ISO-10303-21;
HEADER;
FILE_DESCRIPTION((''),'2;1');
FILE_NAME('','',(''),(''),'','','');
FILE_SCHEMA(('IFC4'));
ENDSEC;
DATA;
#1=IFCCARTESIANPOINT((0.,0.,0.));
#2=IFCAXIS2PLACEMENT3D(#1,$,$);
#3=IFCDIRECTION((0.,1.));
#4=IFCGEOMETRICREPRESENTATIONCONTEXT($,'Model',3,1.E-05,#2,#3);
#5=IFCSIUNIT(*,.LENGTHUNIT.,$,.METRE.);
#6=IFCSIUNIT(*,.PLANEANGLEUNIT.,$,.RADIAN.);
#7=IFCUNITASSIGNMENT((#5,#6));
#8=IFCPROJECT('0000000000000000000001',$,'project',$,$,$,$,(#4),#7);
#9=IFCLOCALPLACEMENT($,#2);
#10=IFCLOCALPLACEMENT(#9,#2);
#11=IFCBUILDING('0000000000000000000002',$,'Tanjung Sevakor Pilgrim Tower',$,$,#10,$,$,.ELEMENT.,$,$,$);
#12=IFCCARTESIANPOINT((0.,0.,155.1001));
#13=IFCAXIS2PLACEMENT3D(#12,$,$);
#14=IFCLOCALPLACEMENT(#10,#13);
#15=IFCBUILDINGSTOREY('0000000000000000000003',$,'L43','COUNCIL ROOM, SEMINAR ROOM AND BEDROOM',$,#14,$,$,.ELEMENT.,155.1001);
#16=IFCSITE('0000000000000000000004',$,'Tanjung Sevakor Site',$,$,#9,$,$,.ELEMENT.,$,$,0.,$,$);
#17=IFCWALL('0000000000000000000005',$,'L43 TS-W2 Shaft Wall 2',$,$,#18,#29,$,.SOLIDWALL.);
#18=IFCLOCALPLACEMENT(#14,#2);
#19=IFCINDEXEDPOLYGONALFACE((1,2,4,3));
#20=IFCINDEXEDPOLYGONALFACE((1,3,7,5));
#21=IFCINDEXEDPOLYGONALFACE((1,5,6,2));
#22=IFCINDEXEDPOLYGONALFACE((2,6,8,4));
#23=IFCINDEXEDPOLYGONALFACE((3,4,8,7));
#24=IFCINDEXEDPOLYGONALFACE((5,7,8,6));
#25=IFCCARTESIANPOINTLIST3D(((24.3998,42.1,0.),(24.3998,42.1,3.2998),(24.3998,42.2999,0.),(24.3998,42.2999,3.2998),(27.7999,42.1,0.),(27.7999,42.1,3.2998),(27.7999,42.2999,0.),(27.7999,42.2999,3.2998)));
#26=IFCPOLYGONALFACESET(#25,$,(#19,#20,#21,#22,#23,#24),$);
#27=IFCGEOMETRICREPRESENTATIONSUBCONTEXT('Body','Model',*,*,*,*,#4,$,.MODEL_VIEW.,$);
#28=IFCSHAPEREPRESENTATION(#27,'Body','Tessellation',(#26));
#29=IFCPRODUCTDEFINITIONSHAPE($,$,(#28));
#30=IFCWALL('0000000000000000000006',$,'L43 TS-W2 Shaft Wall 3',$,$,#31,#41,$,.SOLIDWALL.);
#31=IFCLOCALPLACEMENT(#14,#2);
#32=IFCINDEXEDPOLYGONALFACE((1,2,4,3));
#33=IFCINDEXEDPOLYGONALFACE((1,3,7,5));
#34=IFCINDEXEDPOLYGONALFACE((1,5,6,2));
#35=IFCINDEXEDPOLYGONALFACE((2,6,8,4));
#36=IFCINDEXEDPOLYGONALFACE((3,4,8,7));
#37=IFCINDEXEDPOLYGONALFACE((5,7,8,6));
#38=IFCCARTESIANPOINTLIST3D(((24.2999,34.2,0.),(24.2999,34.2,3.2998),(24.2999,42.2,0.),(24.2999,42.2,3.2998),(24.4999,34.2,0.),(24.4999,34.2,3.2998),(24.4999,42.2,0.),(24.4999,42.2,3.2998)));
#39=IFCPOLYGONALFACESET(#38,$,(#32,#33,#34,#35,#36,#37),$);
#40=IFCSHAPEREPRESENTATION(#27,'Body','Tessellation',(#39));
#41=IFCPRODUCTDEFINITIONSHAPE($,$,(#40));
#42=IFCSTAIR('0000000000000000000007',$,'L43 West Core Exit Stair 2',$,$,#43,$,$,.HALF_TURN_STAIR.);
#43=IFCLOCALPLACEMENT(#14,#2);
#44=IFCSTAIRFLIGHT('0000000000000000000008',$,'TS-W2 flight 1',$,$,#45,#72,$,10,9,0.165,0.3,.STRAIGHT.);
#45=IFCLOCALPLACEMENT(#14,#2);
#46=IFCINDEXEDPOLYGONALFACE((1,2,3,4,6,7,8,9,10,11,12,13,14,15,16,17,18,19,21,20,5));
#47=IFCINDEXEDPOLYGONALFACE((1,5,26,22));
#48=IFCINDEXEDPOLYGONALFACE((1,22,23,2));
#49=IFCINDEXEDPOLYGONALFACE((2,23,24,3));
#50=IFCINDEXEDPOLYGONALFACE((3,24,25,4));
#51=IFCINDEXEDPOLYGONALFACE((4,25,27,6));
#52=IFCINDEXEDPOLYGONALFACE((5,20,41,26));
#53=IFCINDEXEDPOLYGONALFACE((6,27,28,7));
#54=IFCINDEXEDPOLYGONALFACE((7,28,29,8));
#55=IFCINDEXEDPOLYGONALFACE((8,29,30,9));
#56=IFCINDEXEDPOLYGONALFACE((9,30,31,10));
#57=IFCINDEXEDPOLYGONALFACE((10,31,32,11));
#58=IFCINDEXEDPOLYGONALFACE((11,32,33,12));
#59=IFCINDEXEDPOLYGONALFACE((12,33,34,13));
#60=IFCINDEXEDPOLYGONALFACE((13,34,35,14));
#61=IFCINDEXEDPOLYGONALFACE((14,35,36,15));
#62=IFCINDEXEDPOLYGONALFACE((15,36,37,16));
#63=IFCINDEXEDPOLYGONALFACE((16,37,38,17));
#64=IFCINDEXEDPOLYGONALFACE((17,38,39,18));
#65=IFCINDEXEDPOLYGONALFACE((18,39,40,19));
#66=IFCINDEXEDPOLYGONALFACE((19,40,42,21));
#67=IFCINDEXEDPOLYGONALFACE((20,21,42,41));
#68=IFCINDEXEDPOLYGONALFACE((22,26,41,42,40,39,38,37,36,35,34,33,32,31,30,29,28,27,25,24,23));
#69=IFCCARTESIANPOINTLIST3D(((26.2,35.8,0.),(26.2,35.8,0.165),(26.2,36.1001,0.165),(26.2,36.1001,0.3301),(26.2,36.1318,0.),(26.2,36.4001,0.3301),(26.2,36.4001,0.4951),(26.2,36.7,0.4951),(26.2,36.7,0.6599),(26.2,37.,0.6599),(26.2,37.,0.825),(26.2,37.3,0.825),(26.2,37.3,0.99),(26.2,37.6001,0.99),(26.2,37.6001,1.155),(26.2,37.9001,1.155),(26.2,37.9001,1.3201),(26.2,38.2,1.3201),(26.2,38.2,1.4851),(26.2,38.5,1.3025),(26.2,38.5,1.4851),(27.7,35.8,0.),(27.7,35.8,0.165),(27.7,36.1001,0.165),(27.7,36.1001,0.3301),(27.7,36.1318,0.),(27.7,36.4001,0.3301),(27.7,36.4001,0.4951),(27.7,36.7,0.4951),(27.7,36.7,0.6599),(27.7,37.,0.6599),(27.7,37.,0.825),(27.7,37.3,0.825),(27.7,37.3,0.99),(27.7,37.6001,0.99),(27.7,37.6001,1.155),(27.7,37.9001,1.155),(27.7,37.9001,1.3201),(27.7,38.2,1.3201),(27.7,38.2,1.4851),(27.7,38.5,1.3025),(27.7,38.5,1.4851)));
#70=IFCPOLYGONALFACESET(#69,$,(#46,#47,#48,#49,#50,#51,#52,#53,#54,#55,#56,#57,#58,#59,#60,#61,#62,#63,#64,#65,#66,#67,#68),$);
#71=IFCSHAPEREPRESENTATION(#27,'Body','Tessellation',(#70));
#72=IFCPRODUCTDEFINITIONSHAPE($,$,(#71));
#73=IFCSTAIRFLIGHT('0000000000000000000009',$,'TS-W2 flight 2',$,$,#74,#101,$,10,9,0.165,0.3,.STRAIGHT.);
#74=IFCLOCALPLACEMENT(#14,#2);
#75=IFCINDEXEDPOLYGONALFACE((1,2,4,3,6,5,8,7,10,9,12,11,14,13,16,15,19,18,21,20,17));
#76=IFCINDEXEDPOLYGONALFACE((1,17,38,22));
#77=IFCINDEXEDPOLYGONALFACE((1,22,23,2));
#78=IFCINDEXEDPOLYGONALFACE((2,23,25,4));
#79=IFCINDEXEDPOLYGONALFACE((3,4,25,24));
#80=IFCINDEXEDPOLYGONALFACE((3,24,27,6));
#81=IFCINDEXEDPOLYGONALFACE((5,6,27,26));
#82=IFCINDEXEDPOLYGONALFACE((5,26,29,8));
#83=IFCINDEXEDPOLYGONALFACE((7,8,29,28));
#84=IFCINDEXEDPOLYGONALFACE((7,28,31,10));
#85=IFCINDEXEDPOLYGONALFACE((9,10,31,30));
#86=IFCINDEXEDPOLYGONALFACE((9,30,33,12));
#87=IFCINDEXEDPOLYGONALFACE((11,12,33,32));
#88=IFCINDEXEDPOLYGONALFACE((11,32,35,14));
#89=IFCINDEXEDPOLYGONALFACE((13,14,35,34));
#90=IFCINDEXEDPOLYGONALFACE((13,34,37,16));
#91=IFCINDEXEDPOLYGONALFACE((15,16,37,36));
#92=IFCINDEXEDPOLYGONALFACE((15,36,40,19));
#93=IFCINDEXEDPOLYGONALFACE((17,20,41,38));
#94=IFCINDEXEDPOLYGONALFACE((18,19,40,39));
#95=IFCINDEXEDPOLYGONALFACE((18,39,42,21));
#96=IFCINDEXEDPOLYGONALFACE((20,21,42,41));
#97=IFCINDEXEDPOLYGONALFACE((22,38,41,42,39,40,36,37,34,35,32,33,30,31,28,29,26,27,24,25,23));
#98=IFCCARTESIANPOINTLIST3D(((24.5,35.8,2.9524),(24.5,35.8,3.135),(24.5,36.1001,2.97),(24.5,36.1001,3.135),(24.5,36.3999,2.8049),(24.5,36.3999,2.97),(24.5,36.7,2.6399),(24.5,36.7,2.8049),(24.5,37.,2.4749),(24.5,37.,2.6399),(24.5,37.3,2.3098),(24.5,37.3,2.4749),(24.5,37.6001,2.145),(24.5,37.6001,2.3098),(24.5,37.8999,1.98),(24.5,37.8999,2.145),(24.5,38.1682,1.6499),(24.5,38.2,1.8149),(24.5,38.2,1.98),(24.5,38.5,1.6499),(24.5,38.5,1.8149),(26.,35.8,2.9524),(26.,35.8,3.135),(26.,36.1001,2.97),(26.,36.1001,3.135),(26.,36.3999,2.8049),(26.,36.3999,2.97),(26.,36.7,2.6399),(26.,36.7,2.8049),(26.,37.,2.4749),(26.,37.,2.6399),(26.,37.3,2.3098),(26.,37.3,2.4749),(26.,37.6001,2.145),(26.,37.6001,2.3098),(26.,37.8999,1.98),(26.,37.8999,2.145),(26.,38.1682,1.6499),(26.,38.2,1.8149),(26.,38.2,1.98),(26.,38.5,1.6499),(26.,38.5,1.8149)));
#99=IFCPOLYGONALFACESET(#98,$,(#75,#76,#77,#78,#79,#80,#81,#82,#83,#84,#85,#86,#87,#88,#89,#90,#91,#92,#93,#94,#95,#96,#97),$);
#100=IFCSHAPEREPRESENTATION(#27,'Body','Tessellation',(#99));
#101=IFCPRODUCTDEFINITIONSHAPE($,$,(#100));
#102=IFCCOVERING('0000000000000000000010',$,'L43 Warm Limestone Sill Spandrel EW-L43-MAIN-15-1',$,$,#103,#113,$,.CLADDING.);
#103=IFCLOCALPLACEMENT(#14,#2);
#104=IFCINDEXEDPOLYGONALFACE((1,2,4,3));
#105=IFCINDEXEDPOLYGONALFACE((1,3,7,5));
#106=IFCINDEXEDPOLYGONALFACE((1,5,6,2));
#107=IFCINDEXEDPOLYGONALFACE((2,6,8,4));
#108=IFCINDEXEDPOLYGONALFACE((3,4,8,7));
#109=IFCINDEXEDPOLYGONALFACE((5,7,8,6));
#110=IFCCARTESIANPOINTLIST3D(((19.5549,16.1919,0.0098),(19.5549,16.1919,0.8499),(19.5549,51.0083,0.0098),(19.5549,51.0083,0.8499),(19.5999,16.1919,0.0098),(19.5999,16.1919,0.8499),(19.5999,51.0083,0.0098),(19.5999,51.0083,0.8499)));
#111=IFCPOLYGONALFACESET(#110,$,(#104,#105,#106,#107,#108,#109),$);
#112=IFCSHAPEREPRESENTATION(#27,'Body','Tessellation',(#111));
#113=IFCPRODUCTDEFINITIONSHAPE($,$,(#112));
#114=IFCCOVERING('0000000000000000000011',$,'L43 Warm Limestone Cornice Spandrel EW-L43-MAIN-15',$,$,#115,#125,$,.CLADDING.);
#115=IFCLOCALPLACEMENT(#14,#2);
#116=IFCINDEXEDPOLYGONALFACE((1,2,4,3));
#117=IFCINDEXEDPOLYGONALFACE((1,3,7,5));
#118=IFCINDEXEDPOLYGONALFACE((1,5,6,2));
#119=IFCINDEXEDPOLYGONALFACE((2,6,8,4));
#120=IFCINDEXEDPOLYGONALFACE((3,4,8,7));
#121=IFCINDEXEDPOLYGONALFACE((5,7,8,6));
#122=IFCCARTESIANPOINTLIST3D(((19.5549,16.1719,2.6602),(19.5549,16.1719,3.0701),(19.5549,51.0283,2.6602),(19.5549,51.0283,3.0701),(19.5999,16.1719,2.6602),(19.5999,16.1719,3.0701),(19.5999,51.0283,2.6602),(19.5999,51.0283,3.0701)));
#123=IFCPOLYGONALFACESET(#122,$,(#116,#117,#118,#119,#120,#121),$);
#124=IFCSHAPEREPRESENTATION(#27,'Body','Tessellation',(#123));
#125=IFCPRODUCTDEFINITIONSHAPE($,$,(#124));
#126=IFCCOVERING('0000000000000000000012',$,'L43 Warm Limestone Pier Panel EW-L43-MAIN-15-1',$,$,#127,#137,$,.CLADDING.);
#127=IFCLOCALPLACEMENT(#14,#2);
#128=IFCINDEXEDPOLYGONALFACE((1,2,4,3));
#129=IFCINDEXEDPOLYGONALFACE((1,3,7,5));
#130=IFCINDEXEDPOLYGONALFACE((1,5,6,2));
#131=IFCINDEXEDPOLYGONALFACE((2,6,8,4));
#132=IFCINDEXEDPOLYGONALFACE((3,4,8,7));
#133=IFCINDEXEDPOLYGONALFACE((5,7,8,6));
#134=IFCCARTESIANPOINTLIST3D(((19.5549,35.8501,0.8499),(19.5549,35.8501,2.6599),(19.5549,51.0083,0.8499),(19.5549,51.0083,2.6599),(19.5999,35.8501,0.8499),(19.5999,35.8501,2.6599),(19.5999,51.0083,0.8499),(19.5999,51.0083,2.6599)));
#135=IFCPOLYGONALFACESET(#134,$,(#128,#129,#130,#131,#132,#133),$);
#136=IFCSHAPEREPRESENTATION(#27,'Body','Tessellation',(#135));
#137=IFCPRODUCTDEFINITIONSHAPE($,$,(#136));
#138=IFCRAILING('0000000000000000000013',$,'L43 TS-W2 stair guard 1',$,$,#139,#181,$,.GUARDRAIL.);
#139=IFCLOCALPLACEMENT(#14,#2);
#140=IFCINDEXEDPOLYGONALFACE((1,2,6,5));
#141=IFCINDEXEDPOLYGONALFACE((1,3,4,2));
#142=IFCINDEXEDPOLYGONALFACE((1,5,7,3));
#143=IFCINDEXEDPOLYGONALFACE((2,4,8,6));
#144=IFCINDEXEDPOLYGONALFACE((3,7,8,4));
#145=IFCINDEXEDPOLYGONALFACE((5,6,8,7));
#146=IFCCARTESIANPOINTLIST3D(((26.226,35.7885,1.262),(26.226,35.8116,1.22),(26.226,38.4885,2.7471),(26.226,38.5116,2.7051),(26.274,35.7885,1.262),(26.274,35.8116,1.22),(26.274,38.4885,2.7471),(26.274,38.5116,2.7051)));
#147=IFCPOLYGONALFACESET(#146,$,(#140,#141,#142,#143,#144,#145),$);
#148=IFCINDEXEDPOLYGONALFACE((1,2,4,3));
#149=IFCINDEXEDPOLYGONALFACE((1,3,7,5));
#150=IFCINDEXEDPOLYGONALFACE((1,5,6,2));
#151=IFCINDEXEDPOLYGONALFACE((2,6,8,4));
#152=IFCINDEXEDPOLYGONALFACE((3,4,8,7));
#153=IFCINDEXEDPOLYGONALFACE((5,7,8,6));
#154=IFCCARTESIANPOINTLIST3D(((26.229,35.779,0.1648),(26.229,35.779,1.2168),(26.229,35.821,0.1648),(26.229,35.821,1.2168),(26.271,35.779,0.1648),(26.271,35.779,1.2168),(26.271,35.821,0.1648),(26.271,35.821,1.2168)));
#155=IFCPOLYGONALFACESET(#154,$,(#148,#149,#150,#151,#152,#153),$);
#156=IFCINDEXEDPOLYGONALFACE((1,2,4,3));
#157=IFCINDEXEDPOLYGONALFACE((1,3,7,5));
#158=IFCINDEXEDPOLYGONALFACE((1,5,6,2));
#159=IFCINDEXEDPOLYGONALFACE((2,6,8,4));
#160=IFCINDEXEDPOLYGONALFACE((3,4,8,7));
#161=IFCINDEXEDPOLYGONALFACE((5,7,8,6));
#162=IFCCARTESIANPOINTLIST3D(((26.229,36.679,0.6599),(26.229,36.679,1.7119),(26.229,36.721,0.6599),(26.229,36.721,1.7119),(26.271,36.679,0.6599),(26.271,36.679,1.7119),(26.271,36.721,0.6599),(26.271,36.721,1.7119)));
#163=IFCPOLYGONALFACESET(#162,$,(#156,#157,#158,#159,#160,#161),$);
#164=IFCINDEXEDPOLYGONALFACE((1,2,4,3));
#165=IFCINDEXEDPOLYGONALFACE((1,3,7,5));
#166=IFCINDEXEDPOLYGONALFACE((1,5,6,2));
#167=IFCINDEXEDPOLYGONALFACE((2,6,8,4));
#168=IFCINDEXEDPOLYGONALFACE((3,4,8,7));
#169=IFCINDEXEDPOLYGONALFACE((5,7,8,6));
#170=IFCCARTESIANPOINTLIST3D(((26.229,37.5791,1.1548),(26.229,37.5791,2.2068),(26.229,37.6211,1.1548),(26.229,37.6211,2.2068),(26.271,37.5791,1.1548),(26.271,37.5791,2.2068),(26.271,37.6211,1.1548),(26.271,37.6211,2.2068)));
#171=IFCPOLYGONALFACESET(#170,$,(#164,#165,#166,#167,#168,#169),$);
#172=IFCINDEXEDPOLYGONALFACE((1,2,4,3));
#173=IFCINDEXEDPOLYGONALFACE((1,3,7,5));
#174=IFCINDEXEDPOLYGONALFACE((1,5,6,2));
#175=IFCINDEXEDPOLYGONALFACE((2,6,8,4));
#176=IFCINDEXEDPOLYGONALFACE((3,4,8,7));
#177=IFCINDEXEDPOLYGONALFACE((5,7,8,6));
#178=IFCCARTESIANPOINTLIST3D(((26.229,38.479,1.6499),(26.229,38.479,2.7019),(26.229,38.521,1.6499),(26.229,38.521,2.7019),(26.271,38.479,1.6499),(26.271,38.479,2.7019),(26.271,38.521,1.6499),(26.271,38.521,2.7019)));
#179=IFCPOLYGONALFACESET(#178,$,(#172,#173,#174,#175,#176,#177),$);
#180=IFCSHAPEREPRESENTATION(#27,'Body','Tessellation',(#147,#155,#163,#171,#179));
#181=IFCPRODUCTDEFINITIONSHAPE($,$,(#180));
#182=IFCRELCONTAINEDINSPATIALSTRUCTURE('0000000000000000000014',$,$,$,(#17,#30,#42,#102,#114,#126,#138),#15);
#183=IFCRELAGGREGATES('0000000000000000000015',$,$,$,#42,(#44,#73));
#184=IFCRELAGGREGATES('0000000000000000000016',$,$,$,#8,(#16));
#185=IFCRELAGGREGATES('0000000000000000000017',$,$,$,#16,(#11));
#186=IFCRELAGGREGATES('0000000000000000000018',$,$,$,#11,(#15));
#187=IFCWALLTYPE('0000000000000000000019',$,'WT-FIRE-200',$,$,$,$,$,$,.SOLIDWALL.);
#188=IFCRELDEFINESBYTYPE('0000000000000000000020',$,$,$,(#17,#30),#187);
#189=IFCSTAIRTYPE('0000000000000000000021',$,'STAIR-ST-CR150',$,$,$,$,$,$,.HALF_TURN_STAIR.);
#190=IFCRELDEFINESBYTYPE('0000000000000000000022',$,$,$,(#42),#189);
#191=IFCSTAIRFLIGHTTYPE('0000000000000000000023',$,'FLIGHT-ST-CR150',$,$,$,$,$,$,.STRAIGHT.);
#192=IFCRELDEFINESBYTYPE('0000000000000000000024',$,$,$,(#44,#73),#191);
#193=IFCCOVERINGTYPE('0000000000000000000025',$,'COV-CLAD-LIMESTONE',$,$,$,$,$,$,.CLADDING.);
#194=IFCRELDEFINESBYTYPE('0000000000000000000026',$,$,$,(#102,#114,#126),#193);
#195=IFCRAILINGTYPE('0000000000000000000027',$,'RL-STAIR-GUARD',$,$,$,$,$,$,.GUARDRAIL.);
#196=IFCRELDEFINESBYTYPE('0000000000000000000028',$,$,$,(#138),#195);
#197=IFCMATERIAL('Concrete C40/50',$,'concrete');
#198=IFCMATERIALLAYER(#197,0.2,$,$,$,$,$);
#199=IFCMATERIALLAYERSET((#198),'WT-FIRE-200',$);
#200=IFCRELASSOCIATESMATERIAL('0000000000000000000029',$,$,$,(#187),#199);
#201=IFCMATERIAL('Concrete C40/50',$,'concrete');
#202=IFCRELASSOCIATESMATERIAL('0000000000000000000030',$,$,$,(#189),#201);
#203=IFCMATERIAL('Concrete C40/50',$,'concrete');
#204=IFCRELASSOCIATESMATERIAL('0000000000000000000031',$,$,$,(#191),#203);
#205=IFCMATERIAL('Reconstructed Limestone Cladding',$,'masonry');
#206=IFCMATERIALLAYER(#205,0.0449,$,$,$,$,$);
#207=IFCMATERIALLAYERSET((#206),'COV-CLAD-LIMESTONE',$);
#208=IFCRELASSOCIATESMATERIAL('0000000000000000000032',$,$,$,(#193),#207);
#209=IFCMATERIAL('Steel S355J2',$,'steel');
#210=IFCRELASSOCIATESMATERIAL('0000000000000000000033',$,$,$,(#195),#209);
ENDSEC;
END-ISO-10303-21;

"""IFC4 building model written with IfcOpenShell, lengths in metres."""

from ifc_helpers import new_model, si_unit, direction, frame, frame_2d, origin, origin_2d, place, context, subcontext, project, spatial, polyline, rectangle, outline, extrude, material, layer, layer_set, type_object, element, aggregate, save


model = new_model("IFC4")

# Units and contexts
model_context = context("Model", 3, precision=1e-05, world=origin(), true_north=direction((0.0, 1.0)))
body_context = subcontext(model_context, "Body", "Model", "MODEL_VIEW")
ifc_project = project(units=[si_unit("LENGTHUNIT", "METRE"), si_unit("PLANEANGLEUNIT", "RADIAN")], contexts=[model_context])

# Site, building, storey
site_placement = place(None, origin())
site = spatial("IfcSite", under=ifc_project, at=site_placement, Name="Tanjung Sevakor Site", CompositionType="ELEMENT", RefElevation=0.0)
building_placement = place(site_placement, origin())
building = spatial("IfcBuilding", under=site, at=building_placement, Name="Tanjung Sevakor Pilgrim Tower", CompositionType="ELEMENT")
storey_placement = place(building_placement, frame((0.0, 0.0, 155.1001)))
storey = spatial("IfcBuildingStorey", under=building, at=storey_placement, Name="L43", Description="COUNCIL ROOM, SEMINAR ROOM AND BEDROOM", CompositionType="ELEMENT", Elevation=155.1001)

# Walls
ifc_material_1 = material(Name="Concrete C40/50", Category="concrete")
ifc_layer_1 = layer(ifc_material_1, 0.2)
ifc_layer_set_1 = layer_set([ifc_layer_1], Name="WT-FIRE-200")
wall_type_1 = type_object("IfcWallType", Name="WT-FIRE-200", PredefinedType="SOLIDWALL", material=ifc_layer_set_1)
for number, where, z_axis, x_axis, name in (
    (1, (27.8, 42.2, 0.0), (0.0, 0.0, 1.0), (-1.0, 0.0, 0.0), "L43 TS-W2 Shaft Wall 2"),
):
    element("IfcWall", number, at=place(storey_placement, frame(where, z_axis=z_axis, x_axis=x_axis)), inside=storey, type_object=wall_type_1, Name=name, PredefinedType="SOLIDWALL", context=body_context, shape_type="SweptSolid", body=[
        extrude(rectangle(XDim=3.4001, YDim=0.2, at=frame_2d((1.7002, 0.0))), origin(), (0.0, 0.0, 1.0), 3.2998),
    ])
wall_1_placement = place(storey_placement, frame((24.3999, 42.2, 0.0), z_axis=(0.0, 0.0, 1.0), x_axis=(0.0, -1.0, 0.0)))
element("IfcWall", 2, at=wall_1_placement, inside=storey, type_object=wall_type_1, Name="L43 TS-W2 Shaft Wall 3", PredefinedType="SOLIDWALL", context=body_context, shape_type="SweptSolid", body=[
    extrude(rectangle(XDim=8.0, YDim=0.2, at=frame_2d((4.0, 0.0))), origin(), (0.0, 0.0, 1.0), 3.2998),
])

# Stair, stair flights
ifc_material_2 = material(Name="Concrete C40/50", Category="concrete")
stair_type = type_object("IfcStairType", Name="STAIR-ST-CR150", PredefinedType="HALF_TURN_STAIR", material=ifc_material_2)
stair_placement = place(storey_placement, origin())
stair = element("IfcStair", 3, at=stair_placement, inside=storey, type_object=stair_type, Name="L43 West Core Exit Stair 2", PredefinedType="HALF_TURN_STAIR")
ifc_material_3 = material(Name="Concrete C40/50", Category="concrete")
stair_flight_type = type_object("IfcStairFlightType", Name="FLIGHT-ST-CR150", PredefinedType="STRAIGHT", material=ifc_material_3)
stair_flight_1_placement = place(storey_placement, frame((26.95, 35.8, 0.0), z_axis=(0.0, 0.0, 1.0), x_axis=(0.0, 1.0, 0.0)))
stair_flight_1 = element("IfcStairFlight", 4, at=stair_flight_1_placement, type_object=stair_flight_type, Name="TS-W2 flight 1", NumberOfRisers=10, NumberOfTreads=9, PredefinedType="STRAIGHT", RiserHeight=0.165, TreadLength=0.3, context=body_context, shape_type="SweptSolid", body=[
    extrude(outline(polyline([(0.0, 0.0), (0.0, 0.165), (0.3, 0.165), (0.3, 0.3301), (0.6001, 0.3301), (0.6001, 0.4951), (0.8999, 0.4951), (0.8999, 0.6599), (1.2, 0.6599), (1.2, 0.825), (1.5, 0.825), (1.5, 0.99), (1.8, 0.99), (1.8, 1.155), (2.1001, 1.155), (2.1001, 1.3201), (2.3999, 1.3201), (2.3999, 1.4851), (2.7, 1.4851), (2.7, 1.6499), (2.7, 1.3025), (0.3318, 0.0), (0.0, 0.0)])), frame((0.0, 0.75, 0.0), z_axis=(0.0, -1.0, 0.0), x_axis=(1.0, 0.0, 0.0)), (0.0, 0.0, 1.0), 1.5),
])
stair_flight_2_placement = place(storey_placement, frame((25.25, 38.5, 1.6499), z_axis=(0.0, 0.0, 1.0), x_axis=(0.0, -1.0, 0.0)))
stair_flight_2 = element("IfcStairFlight", 5, at=stair_flight_2_placement, type_object=stair_flight_type, Name="TS-W2 flight 2", NumberOfRisers=10, NumberOfTreads=9, PredefinedType="STRAIGHT", RiserHeight=0.165, TreadLength=0.3, context=body_context, shape_type="SweptSolid", body=[
    extrude(outline(polyline([(0.0, 0.0), (0.0, 0.165), (0.3, 0.165), (0.3, 0.3301), (0.6001, 0.3301), (0.6001, 0.4951), (0.8999, 0.4951), (0.8999, 0.6599), (1.2, 0.6599), (1.2, 0.825), (1.5, 0.825), (1.5, 0.99), (1.8, 0.99), (1.8, 1.155), (2.1001, 1.155), (2.1001, 1.3201), (2.3999, 1.3201), (2.3999, 1.4851), (2.7, 1.4851), (2.7, 1.6499), (2.7, 1.3025), (0.3318, 0.0), (0.0, 0.0)])), frame((0.0, 0.75, 0.0), z_axis=(0.0, -1.0, 0.0), x_axis=(1.0, 0.0, 0.0)), (0.0, 0.0, 1.0), 1.5),
])
aggregate(stair, [stair_flight_1, stair_flight_2])

# Coverings
ifc_material_4 = material(Name="Reconstructed Limestone Cladding", Category="masonry")
ifc_layer_2 = layer(ifc_material_4, 0.0449)
ifc_layer_set_2 = layer_set([ifc_layer_2], Name="COV-CLAD-LIMESTONE")
covering_type = type_object("IfcCoveringType", Name="COV-CLAD-LIMESTONE", PredefinedType="CLADDING", material=ifc_layer_set_2)
covering_1_placement = place(storey_placement, frame((19.5774, 33.6001, 0.0098), z_axis=(0.0, 0.0, 1.0), x_axis=(0.0, -1.0, 0.0)))
element("IfcCovering", 6, at=covering_1_placement, inside=storey, type_object=covering_type, Name="L43 Warm Limestone Sill Spandrel EW-L43-MAIN-15-1", PredefinedType="CLADDING", context=body_context, shape_type="SweptSolid", body=[
    extrude(rectangle(XDim=34.8164, YDim=0.0449, at=origin_2d()), origin(), (0.0, 0.0, 1.0), 0.8401),
])
covering_2_placement = place(storey_placement, frame((19.5774, 33.6001, 2.6602), z_axis=(0.0, 0.0, 1.0), x_axis=(0.0, -1.0, 0.0)))
element("IfcCovering", 7, at=covering_2_placement, inside=storey, type_object=covering_type, Name="L43 Warm Limestone Cornice Spandrel EW-L43-MAIN-15", PredefinedType="CLADDING", context=body_context, shape_type="SweptSolid", body=[
    extrude(rectangle(XDim=34.8564, YDim=0.0449, at=origin_2d()), origin(), (0.0, 0.0, 1.0), 0.4099),
])
covering_3_placement = place(storey_placement, frame((19.5774, 43.4292, 0.8499), z_axis=(0.0, 0.0, 1.0), x_axis=(0.0, -1.0, 0.0)))
element("IfcCovering", 8, at=covering_3_placement, inside=storey, type_object=covering_type, Name="L43 Warm Limestone Pier Panel EW-L43-MAIN-15-1", PredefinedType="CLADDING", context=body_context, shape_type="SweptSolid", body=[
    extrude(rectangle(XDim=15.1582, YDim=0.0449, at=origin_2d()), origin(), (0.0, 0.0, 1.0), 1.8101),
])

# Railing
ifc_material_5 = material(Name="Steel S355J2", Category="steel")
railing_type_1 = type_object("IfcRailingType", Name="RL-STAIR-GUARD", PredefinedType="GUARDRAIL", material=ifc_material_5)
railing_1_placement = place(storey_placement, frame((26.25, 35.8, 0.1648)))
element("IfcRailing", 9, at=railing_1_placement, inside=storey, type_object=railing_type_1, Name="L43 TS-W2 stair guard 1", PredefinedType="GUARDRAIL", context=body_context, shape_type="SweptSolid", body=[
    extrude(rectangle(XDim=0.0479, YDim=0.0479), frame((0.0, 0.0, 1.0762), z_axis=(0.0, 0.876198, 0.481952), x_axis=(-1.0, 0.0, 0.0)), (0.0, 0.0, 1.0), 3.0815),
    extrude(rectangle(XDim=0.042, YDim=0.042), origin(), (0.0, 0.0, 1.0), 1.052),
    extrude(rectangle(XDim=0.042, YDim=0.042), frame((0.0, 0.8999, 0.4951)), (0.0, 0.0, 1.0), 1.052),
    extrude(rectangle(XDim=0.042, YDim=0.042), frame((0.0, 1.8, 0.99)), (0.0, 0.0, 1.0), 1.052),
    extrude(rectangle(XDim=0.042, YDim=0.042), frame((0.0, 2.7, 1.4851)), (0.0, 0.0, 1.0), 1.052),
])

save(model, "model.ifc")
